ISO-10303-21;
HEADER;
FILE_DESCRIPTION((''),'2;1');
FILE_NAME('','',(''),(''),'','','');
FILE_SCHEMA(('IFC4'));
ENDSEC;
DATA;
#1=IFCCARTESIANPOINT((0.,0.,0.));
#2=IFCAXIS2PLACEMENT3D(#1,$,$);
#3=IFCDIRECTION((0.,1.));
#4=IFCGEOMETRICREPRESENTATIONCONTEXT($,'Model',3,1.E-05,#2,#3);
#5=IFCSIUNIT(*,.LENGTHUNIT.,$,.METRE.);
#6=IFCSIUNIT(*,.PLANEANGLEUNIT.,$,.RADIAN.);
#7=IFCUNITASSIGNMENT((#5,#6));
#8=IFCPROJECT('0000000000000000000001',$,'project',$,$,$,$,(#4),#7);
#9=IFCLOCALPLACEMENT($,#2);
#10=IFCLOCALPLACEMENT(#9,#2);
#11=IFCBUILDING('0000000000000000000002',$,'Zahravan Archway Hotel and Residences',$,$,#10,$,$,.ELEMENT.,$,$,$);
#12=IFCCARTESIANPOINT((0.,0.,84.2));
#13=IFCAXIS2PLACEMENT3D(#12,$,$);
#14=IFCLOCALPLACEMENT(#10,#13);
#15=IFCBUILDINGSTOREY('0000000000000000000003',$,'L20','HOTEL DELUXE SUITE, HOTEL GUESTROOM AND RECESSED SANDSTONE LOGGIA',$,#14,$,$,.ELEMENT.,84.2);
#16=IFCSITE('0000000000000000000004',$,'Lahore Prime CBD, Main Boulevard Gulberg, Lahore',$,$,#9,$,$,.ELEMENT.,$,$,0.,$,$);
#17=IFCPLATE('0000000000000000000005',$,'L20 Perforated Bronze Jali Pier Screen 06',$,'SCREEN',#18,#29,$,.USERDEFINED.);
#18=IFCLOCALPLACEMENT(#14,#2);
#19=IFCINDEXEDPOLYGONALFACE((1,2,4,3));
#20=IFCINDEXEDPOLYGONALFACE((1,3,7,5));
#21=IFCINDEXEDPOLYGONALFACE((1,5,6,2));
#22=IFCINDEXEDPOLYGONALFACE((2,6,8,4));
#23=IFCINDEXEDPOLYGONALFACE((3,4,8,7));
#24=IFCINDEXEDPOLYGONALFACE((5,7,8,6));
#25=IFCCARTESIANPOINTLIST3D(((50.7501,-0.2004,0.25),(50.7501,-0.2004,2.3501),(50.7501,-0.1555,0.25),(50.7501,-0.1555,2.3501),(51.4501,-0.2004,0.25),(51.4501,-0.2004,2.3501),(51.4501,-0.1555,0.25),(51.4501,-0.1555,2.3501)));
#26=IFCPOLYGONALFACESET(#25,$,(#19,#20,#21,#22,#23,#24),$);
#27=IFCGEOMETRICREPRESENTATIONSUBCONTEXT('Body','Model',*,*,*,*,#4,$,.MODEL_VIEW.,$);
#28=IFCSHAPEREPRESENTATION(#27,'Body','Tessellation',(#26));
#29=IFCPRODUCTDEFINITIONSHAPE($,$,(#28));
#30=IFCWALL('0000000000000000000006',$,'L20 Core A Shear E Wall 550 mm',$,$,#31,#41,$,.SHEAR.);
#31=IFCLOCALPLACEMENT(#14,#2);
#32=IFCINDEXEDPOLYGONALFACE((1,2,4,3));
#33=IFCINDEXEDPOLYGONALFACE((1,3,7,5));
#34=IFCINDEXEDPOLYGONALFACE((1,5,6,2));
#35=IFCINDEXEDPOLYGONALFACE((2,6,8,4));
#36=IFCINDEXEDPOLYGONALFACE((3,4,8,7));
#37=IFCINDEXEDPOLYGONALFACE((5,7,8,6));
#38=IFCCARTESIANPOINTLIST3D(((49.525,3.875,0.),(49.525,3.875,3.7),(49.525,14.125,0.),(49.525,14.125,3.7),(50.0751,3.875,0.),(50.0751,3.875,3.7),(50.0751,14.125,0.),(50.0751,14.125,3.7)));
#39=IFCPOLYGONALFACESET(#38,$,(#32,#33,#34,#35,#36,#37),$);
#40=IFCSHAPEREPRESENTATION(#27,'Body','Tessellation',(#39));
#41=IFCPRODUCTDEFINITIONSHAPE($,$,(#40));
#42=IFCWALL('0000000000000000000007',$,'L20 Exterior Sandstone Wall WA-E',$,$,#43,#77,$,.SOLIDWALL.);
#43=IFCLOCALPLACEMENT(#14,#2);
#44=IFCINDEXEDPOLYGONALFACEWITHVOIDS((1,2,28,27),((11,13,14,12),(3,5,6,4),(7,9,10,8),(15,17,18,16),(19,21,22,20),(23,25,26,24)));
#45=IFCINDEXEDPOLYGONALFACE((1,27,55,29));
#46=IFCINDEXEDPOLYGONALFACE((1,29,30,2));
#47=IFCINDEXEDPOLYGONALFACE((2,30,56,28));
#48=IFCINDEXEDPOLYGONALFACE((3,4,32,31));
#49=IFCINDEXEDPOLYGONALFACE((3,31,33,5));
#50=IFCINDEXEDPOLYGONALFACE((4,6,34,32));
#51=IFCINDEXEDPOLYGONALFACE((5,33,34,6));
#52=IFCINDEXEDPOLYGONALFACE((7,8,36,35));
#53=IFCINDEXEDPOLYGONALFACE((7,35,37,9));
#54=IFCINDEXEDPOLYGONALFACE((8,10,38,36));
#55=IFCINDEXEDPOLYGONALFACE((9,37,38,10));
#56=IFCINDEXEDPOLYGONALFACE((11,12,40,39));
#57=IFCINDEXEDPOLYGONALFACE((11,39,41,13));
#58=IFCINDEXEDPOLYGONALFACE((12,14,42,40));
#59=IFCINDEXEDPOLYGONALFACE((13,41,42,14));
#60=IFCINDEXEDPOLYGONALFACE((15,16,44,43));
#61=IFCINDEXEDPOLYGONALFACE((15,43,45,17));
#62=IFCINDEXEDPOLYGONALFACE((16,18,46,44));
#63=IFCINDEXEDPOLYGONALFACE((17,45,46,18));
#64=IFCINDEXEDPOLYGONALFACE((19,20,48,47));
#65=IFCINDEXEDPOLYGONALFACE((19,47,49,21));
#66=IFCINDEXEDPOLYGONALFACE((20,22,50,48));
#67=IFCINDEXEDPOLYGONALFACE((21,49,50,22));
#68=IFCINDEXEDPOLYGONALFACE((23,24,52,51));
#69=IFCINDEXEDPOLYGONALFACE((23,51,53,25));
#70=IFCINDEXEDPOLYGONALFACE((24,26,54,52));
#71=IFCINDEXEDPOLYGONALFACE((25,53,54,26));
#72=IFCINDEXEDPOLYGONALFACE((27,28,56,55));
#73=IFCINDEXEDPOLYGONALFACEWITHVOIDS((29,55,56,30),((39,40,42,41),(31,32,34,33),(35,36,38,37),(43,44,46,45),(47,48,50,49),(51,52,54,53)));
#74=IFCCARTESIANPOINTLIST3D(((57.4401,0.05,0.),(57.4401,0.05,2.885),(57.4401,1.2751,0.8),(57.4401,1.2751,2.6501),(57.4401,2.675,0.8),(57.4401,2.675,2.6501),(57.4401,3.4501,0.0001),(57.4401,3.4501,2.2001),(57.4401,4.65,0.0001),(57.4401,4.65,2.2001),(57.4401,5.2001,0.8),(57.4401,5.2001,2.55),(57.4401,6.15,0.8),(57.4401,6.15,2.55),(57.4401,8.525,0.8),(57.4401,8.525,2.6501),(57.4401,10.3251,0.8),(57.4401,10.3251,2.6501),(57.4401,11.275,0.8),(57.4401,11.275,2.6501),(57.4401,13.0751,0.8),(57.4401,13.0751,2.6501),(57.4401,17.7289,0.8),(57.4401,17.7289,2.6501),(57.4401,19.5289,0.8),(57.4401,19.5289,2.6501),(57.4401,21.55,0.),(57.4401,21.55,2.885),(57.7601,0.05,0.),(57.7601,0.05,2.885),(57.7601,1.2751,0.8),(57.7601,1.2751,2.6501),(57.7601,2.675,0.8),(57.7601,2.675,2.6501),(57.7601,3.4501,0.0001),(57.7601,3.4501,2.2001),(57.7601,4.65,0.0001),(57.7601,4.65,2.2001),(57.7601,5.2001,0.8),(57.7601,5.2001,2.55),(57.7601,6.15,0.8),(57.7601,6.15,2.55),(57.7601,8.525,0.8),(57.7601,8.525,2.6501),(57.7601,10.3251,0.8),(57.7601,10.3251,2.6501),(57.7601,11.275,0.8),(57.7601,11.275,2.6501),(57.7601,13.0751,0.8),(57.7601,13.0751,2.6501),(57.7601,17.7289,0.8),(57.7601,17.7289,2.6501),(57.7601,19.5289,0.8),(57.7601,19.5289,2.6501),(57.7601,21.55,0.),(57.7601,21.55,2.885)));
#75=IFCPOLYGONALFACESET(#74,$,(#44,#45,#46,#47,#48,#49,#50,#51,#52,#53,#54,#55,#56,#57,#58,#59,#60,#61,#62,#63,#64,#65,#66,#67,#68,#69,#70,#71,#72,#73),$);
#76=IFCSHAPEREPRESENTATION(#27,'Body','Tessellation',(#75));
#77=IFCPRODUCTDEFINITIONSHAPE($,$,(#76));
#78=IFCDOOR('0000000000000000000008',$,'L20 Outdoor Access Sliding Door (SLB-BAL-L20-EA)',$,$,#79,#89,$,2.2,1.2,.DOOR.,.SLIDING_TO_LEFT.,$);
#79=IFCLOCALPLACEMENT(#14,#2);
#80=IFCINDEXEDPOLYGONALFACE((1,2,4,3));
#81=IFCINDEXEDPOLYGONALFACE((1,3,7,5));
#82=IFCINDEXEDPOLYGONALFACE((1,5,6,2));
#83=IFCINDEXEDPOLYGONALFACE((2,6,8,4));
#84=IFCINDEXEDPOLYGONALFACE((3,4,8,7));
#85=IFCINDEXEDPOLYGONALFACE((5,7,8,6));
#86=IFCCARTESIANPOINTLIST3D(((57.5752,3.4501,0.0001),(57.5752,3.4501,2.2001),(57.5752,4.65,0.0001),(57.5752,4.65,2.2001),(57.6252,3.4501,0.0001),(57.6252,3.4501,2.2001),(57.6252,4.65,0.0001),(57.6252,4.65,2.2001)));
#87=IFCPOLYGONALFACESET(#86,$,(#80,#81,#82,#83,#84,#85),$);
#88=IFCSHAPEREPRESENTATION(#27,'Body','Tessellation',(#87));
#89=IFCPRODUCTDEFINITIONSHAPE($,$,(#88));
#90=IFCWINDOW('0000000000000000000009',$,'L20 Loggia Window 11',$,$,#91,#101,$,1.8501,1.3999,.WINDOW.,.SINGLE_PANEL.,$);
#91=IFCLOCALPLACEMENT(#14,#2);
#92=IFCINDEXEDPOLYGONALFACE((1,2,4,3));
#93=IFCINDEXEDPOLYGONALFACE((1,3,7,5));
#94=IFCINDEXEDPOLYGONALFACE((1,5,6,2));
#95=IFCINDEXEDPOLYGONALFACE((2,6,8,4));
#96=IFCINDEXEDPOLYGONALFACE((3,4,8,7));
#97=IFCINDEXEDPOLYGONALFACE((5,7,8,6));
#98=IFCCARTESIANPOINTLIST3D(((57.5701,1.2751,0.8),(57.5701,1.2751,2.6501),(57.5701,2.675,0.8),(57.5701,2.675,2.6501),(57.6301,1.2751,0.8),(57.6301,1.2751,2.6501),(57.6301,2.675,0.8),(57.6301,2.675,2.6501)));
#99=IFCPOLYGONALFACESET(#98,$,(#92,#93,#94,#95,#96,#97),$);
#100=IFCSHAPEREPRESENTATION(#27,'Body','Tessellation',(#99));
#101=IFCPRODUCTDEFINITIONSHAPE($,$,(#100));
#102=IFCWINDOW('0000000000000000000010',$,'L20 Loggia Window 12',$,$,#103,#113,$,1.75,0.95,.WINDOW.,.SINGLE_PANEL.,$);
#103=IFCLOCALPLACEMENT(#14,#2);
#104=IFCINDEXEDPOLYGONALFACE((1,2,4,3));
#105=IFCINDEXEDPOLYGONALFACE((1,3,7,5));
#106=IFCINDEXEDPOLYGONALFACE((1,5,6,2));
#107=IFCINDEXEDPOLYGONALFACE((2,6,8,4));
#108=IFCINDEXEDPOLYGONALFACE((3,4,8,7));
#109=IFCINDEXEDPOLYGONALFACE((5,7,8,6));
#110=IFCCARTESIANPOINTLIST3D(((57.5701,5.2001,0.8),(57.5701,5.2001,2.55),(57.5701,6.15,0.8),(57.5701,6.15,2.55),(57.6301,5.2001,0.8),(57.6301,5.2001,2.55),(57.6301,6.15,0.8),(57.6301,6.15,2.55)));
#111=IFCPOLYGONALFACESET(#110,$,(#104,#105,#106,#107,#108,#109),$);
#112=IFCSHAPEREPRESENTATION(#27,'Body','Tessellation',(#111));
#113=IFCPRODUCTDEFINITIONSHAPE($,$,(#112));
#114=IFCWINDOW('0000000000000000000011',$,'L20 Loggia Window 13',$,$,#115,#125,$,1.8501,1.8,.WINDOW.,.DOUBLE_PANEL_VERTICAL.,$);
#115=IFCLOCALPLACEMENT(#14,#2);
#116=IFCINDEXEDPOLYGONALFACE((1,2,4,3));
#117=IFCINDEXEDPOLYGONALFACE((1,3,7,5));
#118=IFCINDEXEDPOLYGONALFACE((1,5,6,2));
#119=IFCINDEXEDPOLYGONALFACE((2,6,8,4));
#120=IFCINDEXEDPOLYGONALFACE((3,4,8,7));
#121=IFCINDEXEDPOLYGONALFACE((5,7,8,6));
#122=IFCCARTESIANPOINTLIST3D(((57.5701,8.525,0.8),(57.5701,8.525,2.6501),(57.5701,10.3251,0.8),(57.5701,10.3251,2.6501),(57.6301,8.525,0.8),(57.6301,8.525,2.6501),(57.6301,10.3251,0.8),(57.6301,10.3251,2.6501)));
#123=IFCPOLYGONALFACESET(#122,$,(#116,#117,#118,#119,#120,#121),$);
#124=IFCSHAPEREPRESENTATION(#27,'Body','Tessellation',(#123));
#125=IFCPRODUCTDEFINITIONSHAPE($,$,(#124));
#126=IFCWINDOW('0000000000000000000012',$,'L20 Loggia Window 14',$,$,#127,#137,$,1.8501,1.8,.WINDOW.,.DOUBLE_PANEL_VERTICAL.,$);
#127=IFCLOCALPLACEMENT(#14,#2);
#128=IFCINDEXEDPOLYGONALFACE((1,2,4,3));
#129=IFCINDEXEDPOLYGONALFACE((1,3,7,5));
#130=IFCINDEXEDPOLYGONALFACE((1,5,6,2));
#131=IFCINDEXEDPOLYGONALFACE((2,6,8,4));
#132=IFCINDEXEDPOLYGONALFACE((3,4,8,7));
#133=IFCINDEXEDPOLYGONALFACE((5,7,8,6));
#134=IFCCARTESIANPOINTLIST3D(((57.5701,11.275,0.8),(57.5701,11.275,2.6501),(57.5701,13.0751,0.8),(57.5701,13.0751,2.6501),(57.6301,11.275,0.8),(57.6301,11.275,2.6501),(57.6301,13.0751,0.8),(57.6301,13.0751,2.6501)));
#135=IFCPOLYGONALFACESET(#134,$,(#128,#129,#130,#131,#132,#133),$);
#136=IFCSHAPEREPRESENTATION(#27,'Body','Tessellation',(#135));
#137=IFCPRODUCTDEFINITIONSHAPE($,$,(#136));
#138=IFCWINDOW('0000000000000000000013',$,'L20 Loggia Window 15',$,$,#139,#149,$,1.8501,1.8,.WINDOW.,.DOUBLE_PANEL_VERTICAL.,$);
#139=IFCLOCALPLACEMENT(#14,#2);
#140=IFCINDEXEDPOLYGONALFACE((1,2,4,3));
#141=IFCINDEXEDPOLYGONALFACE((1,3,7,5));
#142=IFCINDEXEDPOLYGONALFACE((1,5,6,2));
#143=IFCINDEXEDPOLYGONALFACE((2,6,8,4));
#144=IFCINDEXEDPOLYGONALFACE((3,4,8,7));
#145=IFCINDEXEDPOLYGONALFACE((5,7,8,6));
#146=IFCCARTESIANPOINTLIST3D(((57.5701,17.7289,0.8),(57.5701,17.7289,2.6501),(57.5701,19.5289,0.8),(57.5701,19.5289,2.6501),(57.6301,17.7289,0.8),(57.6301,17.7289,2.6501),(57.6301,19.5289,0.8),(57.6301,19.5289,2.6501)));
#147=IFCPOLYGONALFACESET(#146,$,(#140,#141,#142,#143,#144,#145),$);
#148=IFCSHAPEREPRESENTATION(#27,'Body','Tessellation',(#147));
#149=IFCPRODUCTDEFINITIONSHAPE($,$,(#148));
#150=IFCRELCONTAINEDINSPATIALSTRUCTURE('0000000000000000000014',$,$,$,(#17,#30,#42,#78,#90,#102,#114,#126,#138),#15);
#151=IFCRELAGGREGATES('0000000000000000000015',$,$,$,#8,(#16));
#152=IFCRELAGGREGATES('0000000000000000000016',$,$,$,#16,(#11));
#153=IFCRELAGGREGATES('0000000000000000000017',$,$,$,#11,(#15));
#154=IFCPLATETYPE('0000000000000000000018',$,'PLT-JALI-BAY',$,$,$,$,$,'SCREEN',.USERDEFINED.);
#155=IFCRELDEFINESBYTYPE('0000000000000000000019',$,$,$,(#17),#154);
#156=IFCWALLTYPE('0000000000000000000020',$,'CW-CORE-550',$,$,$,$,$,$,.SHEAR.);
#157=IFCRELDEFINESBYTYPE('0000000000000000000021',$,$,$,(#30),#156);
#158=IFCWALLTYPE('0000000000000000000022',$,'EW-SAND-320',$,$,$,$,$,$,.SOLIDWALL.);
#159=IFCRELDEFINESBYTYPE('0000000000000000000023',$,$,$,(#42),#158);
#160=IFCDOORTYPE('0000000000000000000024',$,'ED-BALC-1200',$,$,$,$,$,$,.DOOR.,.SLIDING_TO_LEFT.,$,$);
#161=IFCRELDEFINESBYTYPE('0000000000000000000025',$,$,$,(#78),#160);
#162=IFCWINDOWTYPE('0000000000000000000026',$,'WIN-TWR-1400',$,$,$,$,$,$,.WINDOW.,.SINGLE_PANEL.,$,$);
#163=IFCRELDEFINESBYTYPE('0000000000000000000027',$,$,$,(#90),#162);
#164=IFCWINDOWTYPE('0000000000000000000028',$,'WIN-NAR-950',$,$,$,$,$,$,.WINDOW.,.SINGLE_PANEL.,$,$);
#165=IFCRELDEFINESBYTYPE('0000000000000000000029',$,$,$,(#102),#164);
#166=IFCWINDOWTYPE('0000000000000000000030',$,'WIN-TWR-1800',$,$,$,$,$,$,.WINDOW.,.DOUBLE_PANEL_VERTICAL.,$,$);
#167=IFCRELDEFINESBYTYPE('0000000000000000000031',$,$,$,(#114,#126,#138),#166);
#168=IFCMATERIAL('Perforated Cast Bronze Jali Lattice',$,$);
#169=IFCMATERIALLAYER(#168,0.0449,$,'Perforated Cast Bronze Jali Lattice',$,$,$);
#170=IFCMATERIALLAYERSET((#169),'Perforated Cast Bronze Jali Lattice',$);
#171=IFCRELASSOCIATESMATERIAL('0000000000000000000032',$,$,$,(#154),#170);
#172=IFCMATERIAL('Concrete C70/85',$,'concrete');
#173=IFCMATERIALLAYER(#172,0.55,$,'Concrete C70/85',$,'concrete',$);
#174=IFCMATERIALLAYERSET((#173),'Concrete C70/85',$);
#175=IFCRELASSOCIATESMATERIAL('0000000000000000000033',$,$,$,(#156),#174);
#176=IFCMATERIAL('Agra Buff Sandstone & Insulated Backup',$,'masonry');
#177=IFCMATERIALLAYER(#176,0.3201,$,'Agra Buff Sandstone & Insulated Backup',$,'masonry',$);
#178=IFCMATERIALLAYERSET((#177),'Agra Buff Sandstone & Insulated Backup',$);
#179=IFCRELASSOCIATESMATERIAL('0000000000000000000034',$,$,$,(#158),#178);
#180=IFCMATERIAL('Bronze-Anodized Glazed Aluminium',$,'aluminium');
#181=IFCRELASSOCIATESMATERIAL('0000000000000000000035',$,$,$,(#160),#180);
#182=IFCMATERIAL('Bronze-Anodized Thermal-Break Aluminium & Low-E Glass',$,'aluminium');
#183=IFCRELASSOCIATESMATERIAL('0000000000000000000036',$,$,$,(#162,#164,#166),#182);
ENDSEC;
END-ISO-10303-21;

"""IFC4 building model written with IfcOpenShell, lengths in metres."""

from ifc_helpers import new_model, si_unit, direction, frame, frame_2d, origin, origin_2d, place, context, subcontext, project, spatial, rectangle, extrude, source, transform, mapped, material, layer, layer_set, type_object, type_shapes, element, fill, save


model = new_model("IFC4")

# Units and contexts
model_context = context("Model", 3, precision=1e-05, world=origin(), true_north=direction((0.0, 1.0)))
body_context = subcontext(model_context, "Body", "Model", "MODEL_VIEW")
ifc_project = project(units=[si_unit("LENGTHUNIT", "METRE"), si_unit("PLANEANGLEUNIT", "RADIAN")], contexts=[model_context])

# Site, building, storey
site_placement = place(None, origin())
site = spatial("IfcSite", under=ifc_project, at=site_placement, Name="Lahore Prime CBD, Main Boulevard Gulberg, Lahore", CompositionType="ELEMENT", RefElevation=0.0)
building_placement = place(site_placement, origin())
building = spatial("IfcBuilding", under=site, at=building_placement, Name="Zahravan Archway Hotel and Residences", CompositionType="ELEMENT")
storey_placement = place(building_placement, frame((0.0, 0.0, 84.2)))
storey = spatial("IfcBuildingStorey", under=building, at=storey_placement, Name="L20", Description="HOTEL DELUXE SUITE, HOTEL GUESTROOM AND RECESSED SANDSTONE LOGGIA", CompositionType="ELEMENT", Elevation=84.2)

# Shared definitions
ifc_material_1 = material(Name="Concrete C70/85", Category="concrete")

# Plate
ifc_material_2 = material(Name="Perforated Cast Bronze Jali Lattice")
ifc_layer_1 = layer(ifc_material_2, 0.0449, Name="Perforated Cast Bronze Jali Lattice")
ifc_layer_set_1 = layer_set([ifc_layer_1], Name="Perforated Cast Bronze Jali Lattice")
plate_type = type_object("IfcPlateType", Name="PLT-JALI-BAY", ElementType="SCREEN", PredefinedType="USERDEFINED", material=ifc_layer_set_1)
shared_shape_1 = source(origin(), body_context, "Body", "SweptSolid", [
    extrude(rectangle(XDim=0.7, YDim=0.0449, at=origin_2d()), origin(), (0.0, 0.0, 1.0), 2.1001),
])
type_shapes(plate_type, [shared_shape_1])
plate_placement = place(storey_placement, frame((51.1001, -0.178, 0.25), z_axis=(0.0, 0.0, 1.0), x_axis=(1.0, 0.0, 0.0)))
element("IfcPlate", 1, at=plate_placement, inside=storey, type_object=plate_type, Name="L20 Perforated Bronze Jali Pier Screen 06", ObjectType="SCREEN", PredefinedType="USERDEFINED", context=body_context, shape_type="MappedRepresentation", body=[
    mapped(shared_shape_1, transform((0.0, 0.0, 0.0), scale=1.0)),
])

# Wall
ifc_layer_2 = layer(ifc_material_1, 0.55, Name="Concrete C70/85", Category="concrete")
ifc_layer_set_2 = layer_set([ifc_layer_2], Name="Concrete C70/85")
wall_type_1 = type_object("IfcWallType", Name="CW-CORE-550", PredefinedType="SHEAR", material=ifc_layer_set_2)
wall_1_placement = place(storey_placement, frame((49.8, 3.875, 0.0), z_axis=(0.0, 0.0, 1.0), x_axis=(0.0, 1.0, 0.0)))
element("IfcWall", 2, at=wall_1_placement, inside=storey, type_object=wall_type_1, Name="L20 Core A Shear E Wall 550 mm", PredefinedType="SHEAR", context=body_context, shape_type="SweptSolid", body=[
    extrude(rectangle(XDim=10.25, YDim=0.55, at=frame_2d((5.125, 0.0))), origin(), (0.0, 0.0, 1.0), 3.7),
])

# Wall, openings, door, windows
ifc_material_3 = material(Name="Agra Buff Sandstone & Insulated Backup", Category="masonry")
ifc_layer_3 = layer(ifc_material_3, 0.3201, Name="Agra Buff Sandstone & Insulated Backup", Category="masonry")
ifc_layer_set_3 = layer_set([ifc_layer_3], Name="Agra Buff Sandstone & Insulated Backup")
wall_type_2 = type_object("IfcWallType", Name="EW-SAND-320", PredefinedType="SOLIDWALL", material=ifc_layer_set_3)
wall_2_placement = place(storey_placement, frame((57.6001, 0.05, 0.0), z_axis=(0.0, 0.0, 1.0), x_axis=(0.0, 1.0, 0.0)))
wall_2 = element("IfcWall", 3, at=wall_2_placement, inside=storey, type_object=wall_type_2, Name="L20 Exterior Sandstone Wall WA-E", PredefinedType="SOLIDWALL", context=body_context, shape_type="SweptSolid", body=[
    extrude(rectangle(XDim=21.5, YDim=0.3201, at=frame_2d((10.75, 0.0))), origin(), (0.0, 0.0, 1.0), 2.885),
])
opening_1_placement = place(wall_2_placement, frame((3.3999, 0.0, 0.0)))
opening_1 = element("IfcOpeningElement", 4, at=opening_1_placement, cuts=wall_2, PredefinedType="OPENING", context=body_context, shape_type="SweptSolid", body=[
    extrude(rectangle(XDim=1.2, YDim=2.2, at=frame_2d((0.6001, 1.1001))), frame((0.0, 0.1699, 0.0), z_axis=(0.0, -1.0, 0.0), x_axis=(1.0, 0.0, 0.0)), (0.0, 0.0, 1.0), 0.3401),
])
opening_2_placement = place(wall_2_placement, frame((1.2251, 0.0, 0.8)))
opening_2 = element("IfcOpeningElement", 5, at=opening_2_placement, cuts=wall_2, PredefinedType="OPENING", context=body_context, shape_type="SweptSolid", body=[
    extrude(rectangle(XDim=1.3999, YDim=1.8501, at=frame_2d((0.7, 0.925))), frame((0.0, 0.1699, 0.0), z_axis=(0.0, -1.0, 0.0), x_axis=(1.0, 0.0, 0.0)), (0.0, 0.0, 1.0), 0.3401),
])
opening_3_placement = place(wall_2_placement, frame((5.1499, 0.0, 0.8)))
opening_3 = element("IfcOpeningElement", 6, at=opening_3_placement, cuts=wall_2, PredefinedType="OPENING", context=body_context, shape_type="SweptSolid", body=[
    extrude(rectangle(XDim=0.95, YDim=1.75, at=frame_2d((0.4751, 0.875))), frame((0.0, 0.1699, 0.0), z_axis=(0.0, -1.0, 0.0), x_axis=(1.0, 0.0, 0.0)), (0.0, 0.0, 1.0), 0.3401),
])
opening_4_placement = place(wall_2_placement, frame((8.4751, 0.0, 0.8)))
opening_4 = element("IfcOpeningElement", 7, at=opening_4_placement, cuts=wall_2, PredefinedType="OPENING", context=body_context, shape_type="SweptSolid", body=[
    extrude(rectangle(XDim=1.8, YDim=1.8501, at=frame_2d((0.8999, 0.925))), frame((0.0, 0.1699, 0.0), z_axis=(0.0, -1.0, 0.0), x_axis=(1.0, 0.0, 0.0)), (0.0, 0.0, 1.0), 0.3401),
])
opening_5_placement = place(wall_2_placement, frame((11.2251, 0.0, 0.8)))
opening_5 = element("IfcOpeningElement", 8, at=opening_5_placement, cuts=wall_2, PredefinedType="OPENING", context=body_context, shape_type="SweptSolid", body=[
    extrude(rectangle(XDim=1.8, YDim=1.8501, at=frame_2d((0.8999, 0.925))), frame((0.0, 0.1699, 0.0), z_axis=(0.0, -1.0, 0.0), x_axis=(1.0, 0.0, 0.0)), (0.0, 0.0, 1.0), 0.3401),
])
opening_6_placement = place(wall_2_placement, frame((17.679, 0.0, 0.8)))
opening_6 = element("IfcOpeningElement", 9, at=opening_6_placement, cuts=wall_2, PredefinedType="OPENING", context=body_context, shape_type="SweptSolid", body=[
    extrude(rectangle(XDim=1.8, YDim=1.8501, at=frame_2d((0.8999, 0.925))), frame((0.0, 0.1699, 0.0), z_axis=(0.0, -1.0, 0.0), x_axis=(1.0, 0.0, 0.0)), (0.0, 0.0, 1.0), 0.3401),
])
ifc_material_4 = material(Name="Bronze-Anodized Glazed Aluminium", Category="aluminium")
door_type_1 = type_object("IfcDoorType", Name="ED-BALC-1200", OperationType="SLIDING_TO_LEFT", PredefinedType="DOOR", material=ifc_material_4)
shared_shape_2 = source(origin(), body_context, "Body", "SweptSolid", [
    extrude(rectangle(XDim=1.2, YDim=2.2, at=frame_2d((0.6001, 1.1001))), frame((0.0, 0.0249, 0.0), z_axis=(0.0, -1.0, 0.0), x_axis=(1.0, 0.0, 0.0)), (0.0, 0.0, 1.0), 0.05),
])
type_shapes(door_type_1, [shared_shape_2])
door_1_placement = place(opening_1_placement, origin())
door_1 = element("IfcDoor", 10, at=door_1_placement, inside=storey, type_object=door_type_1, Name="L20 Outdoor Access Sliding Door (SLB-BAL-L20-EA)", OperationType="SLIDING_TO_LEFT", OverallHeight=2.2, OverallWidth=1.2, PredefinedType="DOOR", context=body_context, shape_type="MappedRepresentation", body=[
    mapped(shared_shape_2, transform((0.0, 0.0, 0.0), scale=1.0)),
])
fill(opening_1, door_1)
ifc_material_5 = material(Name="Bronze-Anodized Thermal-Break Aluminium & Low-E Glass", Category="aluminium")
window_type_1 = type_object("IfcWindowType", Name="WIN-TWR-1400", PartitioningType="SINGLE_PANEL", PredefinedType="WINDOW", material=ifc_material_5)
shared_shape_3 = source(origin(), body_context, "Body", "SweptSolid", [
    extrude(rectangle(XDim=1.3999, YDim=1.8501, at=frame_2d((0.7, 0.925))), frame((0.0, 0.03, 0.0), z_axis=(0.0, -1.0, 0.0), x_axis=(1.0, 0.0, 0.0)), (0.0, 0.0, 1.0), 0.0601),
])
type_shapes(window_type_1, [shared_shape_3])
window_1_placement = place(opening_2_placement, origin())
window_1 = element("IfcWindow", 11, at=window_1_placement, inside=storey, type_object=window_type_1, Name="L20 Loggia Window 11", OverallHeight=1.8501, OverallWidth=1.3999, PartitioningType="SINGLE_PANEL", PredefinedType="WINDOW", context=body_context, shape_type="MappedRepresentation", body=[
    mapped(shared_shape_3, transform((0.0, 0.0, 0.0), scale=1.0)),
])
fill(opening_2, window_1)
window_type_2 = type_object("IfcWindowType", Name="WIN-NAR-950", PartitioningType="SINGLE_PANEL", PredefinedType="WINDOW", material=ifc_material_5)
shared_shape_4 = source(origin(), body_context, "Body", "SweptSolid", [
    extrude(rectangle(XDim=0.95, YDim=1.75, at=frame_2d((0.4751, 0.875))), frame((0.0, 0.03, 0.0), z_axis=(0.0, -1.0, 0.0), x_axis=(1.0, 0.0, 0.0)), (0.0, 0.0, 1.0), 0.0601),
])
type_shapes(window_type_2, [shared_shape_4])
window_2_placement = place(opening_3_placement, origin())
window_2 = element("IfcWindow", 12, at=window_2_placement, inside=storey, type_object=window_type_2, Name="L20 Loggia Window 12", OverallHeight=1.75, OverallWidth=0.95, PartitioningType="SINGLE_PANEL", PredefinedType="WINDOW", context=body_context, shape_type="MappedRepresentation", body=[
    mapped(shared_shape_4, transform((0.0, 0.0, 0.0), scale=1.0)),
])
fill(opening_3, window_2)
window_type_3 = type_object("IfcWindowType", Name="WIN-TWR-1800", PartitioningType="DOUBLE_PANEL_VERTICAL", PredefinedType="WINDOW", material=ifc_material_5)
shared_shape_5 = source(origin(), body_context, "Body", "SweptSolid", [
    extrude(rectangle(XDim=1.8, YDim=1.8501, at=frame_2d((0.8999, 0.925))), frame((0.0, 0.03, 0.0), z_axis=(0.0, -1.0, 0.0), x_axis=(1.0, 0.0, 0.0)), (0.0, 0.0, 1.0), 0.0601),
])
type_shapes(window_type_3, [shared_shape_5])
window_3_placement = place(opening_4_placement, origin())
window_3 = element("IfcWindow", 13, at=window_3_placement, inside=storey, type_object=window_type_3, Name="L20 Loggia Window 13", OverallHeight=1.8501, OverallWidth=1.8, PartitioningType="DOUBLE_PANEL_VERTICAL", PredefinedType="WINDOW", context=body_context, shape_type="MappedRepresentation", body=[
    mapped(shared_shape_5, transform((0.0, 0.0, 0.0), scale=1.0)),
])
fill(opening_4, window_3)
window_4_placement = place(opening_5_placement, origin())
window_4 = element("IfcWindow", 14, at=window_4_placement, inside=storey, type_object=window_type_3, Name="L20 Loggia Window 14", OverallHeight=1.8501, OverallWidth=1.8, PartitioningType="DOUBLE_PANEL_VERTICAL", PredefinedType="WINDOW", context=body_context, shape_type="MappedRepresentation", body=[
    mapped(shared_shape_5, transform((0.0, 0.0, 0.0), scale=1.0)),
])
fill(opening_5, window_4)
window_5_placement = place(opening_6_placement, origin())
window_5 = element("IfcWindow", 15, at=window_5_placement, inside=storey, type_object=window_type_3, Name="L20 Loggia Window 15", OverallHeight=1.8501, OverallWidth=1.8, PartitioningType="DOUBLE_PANEL_VERTICAL", PredefinedType="WINDOW", context=body_context, shape_type="MappedRepresentation", body=[
    mapped(shared_shape_5, transform((0.0, 0.0, 0.0), scale=1.0)),
])
fill(opening_6, window_5)

save(model, "model.ifc")
